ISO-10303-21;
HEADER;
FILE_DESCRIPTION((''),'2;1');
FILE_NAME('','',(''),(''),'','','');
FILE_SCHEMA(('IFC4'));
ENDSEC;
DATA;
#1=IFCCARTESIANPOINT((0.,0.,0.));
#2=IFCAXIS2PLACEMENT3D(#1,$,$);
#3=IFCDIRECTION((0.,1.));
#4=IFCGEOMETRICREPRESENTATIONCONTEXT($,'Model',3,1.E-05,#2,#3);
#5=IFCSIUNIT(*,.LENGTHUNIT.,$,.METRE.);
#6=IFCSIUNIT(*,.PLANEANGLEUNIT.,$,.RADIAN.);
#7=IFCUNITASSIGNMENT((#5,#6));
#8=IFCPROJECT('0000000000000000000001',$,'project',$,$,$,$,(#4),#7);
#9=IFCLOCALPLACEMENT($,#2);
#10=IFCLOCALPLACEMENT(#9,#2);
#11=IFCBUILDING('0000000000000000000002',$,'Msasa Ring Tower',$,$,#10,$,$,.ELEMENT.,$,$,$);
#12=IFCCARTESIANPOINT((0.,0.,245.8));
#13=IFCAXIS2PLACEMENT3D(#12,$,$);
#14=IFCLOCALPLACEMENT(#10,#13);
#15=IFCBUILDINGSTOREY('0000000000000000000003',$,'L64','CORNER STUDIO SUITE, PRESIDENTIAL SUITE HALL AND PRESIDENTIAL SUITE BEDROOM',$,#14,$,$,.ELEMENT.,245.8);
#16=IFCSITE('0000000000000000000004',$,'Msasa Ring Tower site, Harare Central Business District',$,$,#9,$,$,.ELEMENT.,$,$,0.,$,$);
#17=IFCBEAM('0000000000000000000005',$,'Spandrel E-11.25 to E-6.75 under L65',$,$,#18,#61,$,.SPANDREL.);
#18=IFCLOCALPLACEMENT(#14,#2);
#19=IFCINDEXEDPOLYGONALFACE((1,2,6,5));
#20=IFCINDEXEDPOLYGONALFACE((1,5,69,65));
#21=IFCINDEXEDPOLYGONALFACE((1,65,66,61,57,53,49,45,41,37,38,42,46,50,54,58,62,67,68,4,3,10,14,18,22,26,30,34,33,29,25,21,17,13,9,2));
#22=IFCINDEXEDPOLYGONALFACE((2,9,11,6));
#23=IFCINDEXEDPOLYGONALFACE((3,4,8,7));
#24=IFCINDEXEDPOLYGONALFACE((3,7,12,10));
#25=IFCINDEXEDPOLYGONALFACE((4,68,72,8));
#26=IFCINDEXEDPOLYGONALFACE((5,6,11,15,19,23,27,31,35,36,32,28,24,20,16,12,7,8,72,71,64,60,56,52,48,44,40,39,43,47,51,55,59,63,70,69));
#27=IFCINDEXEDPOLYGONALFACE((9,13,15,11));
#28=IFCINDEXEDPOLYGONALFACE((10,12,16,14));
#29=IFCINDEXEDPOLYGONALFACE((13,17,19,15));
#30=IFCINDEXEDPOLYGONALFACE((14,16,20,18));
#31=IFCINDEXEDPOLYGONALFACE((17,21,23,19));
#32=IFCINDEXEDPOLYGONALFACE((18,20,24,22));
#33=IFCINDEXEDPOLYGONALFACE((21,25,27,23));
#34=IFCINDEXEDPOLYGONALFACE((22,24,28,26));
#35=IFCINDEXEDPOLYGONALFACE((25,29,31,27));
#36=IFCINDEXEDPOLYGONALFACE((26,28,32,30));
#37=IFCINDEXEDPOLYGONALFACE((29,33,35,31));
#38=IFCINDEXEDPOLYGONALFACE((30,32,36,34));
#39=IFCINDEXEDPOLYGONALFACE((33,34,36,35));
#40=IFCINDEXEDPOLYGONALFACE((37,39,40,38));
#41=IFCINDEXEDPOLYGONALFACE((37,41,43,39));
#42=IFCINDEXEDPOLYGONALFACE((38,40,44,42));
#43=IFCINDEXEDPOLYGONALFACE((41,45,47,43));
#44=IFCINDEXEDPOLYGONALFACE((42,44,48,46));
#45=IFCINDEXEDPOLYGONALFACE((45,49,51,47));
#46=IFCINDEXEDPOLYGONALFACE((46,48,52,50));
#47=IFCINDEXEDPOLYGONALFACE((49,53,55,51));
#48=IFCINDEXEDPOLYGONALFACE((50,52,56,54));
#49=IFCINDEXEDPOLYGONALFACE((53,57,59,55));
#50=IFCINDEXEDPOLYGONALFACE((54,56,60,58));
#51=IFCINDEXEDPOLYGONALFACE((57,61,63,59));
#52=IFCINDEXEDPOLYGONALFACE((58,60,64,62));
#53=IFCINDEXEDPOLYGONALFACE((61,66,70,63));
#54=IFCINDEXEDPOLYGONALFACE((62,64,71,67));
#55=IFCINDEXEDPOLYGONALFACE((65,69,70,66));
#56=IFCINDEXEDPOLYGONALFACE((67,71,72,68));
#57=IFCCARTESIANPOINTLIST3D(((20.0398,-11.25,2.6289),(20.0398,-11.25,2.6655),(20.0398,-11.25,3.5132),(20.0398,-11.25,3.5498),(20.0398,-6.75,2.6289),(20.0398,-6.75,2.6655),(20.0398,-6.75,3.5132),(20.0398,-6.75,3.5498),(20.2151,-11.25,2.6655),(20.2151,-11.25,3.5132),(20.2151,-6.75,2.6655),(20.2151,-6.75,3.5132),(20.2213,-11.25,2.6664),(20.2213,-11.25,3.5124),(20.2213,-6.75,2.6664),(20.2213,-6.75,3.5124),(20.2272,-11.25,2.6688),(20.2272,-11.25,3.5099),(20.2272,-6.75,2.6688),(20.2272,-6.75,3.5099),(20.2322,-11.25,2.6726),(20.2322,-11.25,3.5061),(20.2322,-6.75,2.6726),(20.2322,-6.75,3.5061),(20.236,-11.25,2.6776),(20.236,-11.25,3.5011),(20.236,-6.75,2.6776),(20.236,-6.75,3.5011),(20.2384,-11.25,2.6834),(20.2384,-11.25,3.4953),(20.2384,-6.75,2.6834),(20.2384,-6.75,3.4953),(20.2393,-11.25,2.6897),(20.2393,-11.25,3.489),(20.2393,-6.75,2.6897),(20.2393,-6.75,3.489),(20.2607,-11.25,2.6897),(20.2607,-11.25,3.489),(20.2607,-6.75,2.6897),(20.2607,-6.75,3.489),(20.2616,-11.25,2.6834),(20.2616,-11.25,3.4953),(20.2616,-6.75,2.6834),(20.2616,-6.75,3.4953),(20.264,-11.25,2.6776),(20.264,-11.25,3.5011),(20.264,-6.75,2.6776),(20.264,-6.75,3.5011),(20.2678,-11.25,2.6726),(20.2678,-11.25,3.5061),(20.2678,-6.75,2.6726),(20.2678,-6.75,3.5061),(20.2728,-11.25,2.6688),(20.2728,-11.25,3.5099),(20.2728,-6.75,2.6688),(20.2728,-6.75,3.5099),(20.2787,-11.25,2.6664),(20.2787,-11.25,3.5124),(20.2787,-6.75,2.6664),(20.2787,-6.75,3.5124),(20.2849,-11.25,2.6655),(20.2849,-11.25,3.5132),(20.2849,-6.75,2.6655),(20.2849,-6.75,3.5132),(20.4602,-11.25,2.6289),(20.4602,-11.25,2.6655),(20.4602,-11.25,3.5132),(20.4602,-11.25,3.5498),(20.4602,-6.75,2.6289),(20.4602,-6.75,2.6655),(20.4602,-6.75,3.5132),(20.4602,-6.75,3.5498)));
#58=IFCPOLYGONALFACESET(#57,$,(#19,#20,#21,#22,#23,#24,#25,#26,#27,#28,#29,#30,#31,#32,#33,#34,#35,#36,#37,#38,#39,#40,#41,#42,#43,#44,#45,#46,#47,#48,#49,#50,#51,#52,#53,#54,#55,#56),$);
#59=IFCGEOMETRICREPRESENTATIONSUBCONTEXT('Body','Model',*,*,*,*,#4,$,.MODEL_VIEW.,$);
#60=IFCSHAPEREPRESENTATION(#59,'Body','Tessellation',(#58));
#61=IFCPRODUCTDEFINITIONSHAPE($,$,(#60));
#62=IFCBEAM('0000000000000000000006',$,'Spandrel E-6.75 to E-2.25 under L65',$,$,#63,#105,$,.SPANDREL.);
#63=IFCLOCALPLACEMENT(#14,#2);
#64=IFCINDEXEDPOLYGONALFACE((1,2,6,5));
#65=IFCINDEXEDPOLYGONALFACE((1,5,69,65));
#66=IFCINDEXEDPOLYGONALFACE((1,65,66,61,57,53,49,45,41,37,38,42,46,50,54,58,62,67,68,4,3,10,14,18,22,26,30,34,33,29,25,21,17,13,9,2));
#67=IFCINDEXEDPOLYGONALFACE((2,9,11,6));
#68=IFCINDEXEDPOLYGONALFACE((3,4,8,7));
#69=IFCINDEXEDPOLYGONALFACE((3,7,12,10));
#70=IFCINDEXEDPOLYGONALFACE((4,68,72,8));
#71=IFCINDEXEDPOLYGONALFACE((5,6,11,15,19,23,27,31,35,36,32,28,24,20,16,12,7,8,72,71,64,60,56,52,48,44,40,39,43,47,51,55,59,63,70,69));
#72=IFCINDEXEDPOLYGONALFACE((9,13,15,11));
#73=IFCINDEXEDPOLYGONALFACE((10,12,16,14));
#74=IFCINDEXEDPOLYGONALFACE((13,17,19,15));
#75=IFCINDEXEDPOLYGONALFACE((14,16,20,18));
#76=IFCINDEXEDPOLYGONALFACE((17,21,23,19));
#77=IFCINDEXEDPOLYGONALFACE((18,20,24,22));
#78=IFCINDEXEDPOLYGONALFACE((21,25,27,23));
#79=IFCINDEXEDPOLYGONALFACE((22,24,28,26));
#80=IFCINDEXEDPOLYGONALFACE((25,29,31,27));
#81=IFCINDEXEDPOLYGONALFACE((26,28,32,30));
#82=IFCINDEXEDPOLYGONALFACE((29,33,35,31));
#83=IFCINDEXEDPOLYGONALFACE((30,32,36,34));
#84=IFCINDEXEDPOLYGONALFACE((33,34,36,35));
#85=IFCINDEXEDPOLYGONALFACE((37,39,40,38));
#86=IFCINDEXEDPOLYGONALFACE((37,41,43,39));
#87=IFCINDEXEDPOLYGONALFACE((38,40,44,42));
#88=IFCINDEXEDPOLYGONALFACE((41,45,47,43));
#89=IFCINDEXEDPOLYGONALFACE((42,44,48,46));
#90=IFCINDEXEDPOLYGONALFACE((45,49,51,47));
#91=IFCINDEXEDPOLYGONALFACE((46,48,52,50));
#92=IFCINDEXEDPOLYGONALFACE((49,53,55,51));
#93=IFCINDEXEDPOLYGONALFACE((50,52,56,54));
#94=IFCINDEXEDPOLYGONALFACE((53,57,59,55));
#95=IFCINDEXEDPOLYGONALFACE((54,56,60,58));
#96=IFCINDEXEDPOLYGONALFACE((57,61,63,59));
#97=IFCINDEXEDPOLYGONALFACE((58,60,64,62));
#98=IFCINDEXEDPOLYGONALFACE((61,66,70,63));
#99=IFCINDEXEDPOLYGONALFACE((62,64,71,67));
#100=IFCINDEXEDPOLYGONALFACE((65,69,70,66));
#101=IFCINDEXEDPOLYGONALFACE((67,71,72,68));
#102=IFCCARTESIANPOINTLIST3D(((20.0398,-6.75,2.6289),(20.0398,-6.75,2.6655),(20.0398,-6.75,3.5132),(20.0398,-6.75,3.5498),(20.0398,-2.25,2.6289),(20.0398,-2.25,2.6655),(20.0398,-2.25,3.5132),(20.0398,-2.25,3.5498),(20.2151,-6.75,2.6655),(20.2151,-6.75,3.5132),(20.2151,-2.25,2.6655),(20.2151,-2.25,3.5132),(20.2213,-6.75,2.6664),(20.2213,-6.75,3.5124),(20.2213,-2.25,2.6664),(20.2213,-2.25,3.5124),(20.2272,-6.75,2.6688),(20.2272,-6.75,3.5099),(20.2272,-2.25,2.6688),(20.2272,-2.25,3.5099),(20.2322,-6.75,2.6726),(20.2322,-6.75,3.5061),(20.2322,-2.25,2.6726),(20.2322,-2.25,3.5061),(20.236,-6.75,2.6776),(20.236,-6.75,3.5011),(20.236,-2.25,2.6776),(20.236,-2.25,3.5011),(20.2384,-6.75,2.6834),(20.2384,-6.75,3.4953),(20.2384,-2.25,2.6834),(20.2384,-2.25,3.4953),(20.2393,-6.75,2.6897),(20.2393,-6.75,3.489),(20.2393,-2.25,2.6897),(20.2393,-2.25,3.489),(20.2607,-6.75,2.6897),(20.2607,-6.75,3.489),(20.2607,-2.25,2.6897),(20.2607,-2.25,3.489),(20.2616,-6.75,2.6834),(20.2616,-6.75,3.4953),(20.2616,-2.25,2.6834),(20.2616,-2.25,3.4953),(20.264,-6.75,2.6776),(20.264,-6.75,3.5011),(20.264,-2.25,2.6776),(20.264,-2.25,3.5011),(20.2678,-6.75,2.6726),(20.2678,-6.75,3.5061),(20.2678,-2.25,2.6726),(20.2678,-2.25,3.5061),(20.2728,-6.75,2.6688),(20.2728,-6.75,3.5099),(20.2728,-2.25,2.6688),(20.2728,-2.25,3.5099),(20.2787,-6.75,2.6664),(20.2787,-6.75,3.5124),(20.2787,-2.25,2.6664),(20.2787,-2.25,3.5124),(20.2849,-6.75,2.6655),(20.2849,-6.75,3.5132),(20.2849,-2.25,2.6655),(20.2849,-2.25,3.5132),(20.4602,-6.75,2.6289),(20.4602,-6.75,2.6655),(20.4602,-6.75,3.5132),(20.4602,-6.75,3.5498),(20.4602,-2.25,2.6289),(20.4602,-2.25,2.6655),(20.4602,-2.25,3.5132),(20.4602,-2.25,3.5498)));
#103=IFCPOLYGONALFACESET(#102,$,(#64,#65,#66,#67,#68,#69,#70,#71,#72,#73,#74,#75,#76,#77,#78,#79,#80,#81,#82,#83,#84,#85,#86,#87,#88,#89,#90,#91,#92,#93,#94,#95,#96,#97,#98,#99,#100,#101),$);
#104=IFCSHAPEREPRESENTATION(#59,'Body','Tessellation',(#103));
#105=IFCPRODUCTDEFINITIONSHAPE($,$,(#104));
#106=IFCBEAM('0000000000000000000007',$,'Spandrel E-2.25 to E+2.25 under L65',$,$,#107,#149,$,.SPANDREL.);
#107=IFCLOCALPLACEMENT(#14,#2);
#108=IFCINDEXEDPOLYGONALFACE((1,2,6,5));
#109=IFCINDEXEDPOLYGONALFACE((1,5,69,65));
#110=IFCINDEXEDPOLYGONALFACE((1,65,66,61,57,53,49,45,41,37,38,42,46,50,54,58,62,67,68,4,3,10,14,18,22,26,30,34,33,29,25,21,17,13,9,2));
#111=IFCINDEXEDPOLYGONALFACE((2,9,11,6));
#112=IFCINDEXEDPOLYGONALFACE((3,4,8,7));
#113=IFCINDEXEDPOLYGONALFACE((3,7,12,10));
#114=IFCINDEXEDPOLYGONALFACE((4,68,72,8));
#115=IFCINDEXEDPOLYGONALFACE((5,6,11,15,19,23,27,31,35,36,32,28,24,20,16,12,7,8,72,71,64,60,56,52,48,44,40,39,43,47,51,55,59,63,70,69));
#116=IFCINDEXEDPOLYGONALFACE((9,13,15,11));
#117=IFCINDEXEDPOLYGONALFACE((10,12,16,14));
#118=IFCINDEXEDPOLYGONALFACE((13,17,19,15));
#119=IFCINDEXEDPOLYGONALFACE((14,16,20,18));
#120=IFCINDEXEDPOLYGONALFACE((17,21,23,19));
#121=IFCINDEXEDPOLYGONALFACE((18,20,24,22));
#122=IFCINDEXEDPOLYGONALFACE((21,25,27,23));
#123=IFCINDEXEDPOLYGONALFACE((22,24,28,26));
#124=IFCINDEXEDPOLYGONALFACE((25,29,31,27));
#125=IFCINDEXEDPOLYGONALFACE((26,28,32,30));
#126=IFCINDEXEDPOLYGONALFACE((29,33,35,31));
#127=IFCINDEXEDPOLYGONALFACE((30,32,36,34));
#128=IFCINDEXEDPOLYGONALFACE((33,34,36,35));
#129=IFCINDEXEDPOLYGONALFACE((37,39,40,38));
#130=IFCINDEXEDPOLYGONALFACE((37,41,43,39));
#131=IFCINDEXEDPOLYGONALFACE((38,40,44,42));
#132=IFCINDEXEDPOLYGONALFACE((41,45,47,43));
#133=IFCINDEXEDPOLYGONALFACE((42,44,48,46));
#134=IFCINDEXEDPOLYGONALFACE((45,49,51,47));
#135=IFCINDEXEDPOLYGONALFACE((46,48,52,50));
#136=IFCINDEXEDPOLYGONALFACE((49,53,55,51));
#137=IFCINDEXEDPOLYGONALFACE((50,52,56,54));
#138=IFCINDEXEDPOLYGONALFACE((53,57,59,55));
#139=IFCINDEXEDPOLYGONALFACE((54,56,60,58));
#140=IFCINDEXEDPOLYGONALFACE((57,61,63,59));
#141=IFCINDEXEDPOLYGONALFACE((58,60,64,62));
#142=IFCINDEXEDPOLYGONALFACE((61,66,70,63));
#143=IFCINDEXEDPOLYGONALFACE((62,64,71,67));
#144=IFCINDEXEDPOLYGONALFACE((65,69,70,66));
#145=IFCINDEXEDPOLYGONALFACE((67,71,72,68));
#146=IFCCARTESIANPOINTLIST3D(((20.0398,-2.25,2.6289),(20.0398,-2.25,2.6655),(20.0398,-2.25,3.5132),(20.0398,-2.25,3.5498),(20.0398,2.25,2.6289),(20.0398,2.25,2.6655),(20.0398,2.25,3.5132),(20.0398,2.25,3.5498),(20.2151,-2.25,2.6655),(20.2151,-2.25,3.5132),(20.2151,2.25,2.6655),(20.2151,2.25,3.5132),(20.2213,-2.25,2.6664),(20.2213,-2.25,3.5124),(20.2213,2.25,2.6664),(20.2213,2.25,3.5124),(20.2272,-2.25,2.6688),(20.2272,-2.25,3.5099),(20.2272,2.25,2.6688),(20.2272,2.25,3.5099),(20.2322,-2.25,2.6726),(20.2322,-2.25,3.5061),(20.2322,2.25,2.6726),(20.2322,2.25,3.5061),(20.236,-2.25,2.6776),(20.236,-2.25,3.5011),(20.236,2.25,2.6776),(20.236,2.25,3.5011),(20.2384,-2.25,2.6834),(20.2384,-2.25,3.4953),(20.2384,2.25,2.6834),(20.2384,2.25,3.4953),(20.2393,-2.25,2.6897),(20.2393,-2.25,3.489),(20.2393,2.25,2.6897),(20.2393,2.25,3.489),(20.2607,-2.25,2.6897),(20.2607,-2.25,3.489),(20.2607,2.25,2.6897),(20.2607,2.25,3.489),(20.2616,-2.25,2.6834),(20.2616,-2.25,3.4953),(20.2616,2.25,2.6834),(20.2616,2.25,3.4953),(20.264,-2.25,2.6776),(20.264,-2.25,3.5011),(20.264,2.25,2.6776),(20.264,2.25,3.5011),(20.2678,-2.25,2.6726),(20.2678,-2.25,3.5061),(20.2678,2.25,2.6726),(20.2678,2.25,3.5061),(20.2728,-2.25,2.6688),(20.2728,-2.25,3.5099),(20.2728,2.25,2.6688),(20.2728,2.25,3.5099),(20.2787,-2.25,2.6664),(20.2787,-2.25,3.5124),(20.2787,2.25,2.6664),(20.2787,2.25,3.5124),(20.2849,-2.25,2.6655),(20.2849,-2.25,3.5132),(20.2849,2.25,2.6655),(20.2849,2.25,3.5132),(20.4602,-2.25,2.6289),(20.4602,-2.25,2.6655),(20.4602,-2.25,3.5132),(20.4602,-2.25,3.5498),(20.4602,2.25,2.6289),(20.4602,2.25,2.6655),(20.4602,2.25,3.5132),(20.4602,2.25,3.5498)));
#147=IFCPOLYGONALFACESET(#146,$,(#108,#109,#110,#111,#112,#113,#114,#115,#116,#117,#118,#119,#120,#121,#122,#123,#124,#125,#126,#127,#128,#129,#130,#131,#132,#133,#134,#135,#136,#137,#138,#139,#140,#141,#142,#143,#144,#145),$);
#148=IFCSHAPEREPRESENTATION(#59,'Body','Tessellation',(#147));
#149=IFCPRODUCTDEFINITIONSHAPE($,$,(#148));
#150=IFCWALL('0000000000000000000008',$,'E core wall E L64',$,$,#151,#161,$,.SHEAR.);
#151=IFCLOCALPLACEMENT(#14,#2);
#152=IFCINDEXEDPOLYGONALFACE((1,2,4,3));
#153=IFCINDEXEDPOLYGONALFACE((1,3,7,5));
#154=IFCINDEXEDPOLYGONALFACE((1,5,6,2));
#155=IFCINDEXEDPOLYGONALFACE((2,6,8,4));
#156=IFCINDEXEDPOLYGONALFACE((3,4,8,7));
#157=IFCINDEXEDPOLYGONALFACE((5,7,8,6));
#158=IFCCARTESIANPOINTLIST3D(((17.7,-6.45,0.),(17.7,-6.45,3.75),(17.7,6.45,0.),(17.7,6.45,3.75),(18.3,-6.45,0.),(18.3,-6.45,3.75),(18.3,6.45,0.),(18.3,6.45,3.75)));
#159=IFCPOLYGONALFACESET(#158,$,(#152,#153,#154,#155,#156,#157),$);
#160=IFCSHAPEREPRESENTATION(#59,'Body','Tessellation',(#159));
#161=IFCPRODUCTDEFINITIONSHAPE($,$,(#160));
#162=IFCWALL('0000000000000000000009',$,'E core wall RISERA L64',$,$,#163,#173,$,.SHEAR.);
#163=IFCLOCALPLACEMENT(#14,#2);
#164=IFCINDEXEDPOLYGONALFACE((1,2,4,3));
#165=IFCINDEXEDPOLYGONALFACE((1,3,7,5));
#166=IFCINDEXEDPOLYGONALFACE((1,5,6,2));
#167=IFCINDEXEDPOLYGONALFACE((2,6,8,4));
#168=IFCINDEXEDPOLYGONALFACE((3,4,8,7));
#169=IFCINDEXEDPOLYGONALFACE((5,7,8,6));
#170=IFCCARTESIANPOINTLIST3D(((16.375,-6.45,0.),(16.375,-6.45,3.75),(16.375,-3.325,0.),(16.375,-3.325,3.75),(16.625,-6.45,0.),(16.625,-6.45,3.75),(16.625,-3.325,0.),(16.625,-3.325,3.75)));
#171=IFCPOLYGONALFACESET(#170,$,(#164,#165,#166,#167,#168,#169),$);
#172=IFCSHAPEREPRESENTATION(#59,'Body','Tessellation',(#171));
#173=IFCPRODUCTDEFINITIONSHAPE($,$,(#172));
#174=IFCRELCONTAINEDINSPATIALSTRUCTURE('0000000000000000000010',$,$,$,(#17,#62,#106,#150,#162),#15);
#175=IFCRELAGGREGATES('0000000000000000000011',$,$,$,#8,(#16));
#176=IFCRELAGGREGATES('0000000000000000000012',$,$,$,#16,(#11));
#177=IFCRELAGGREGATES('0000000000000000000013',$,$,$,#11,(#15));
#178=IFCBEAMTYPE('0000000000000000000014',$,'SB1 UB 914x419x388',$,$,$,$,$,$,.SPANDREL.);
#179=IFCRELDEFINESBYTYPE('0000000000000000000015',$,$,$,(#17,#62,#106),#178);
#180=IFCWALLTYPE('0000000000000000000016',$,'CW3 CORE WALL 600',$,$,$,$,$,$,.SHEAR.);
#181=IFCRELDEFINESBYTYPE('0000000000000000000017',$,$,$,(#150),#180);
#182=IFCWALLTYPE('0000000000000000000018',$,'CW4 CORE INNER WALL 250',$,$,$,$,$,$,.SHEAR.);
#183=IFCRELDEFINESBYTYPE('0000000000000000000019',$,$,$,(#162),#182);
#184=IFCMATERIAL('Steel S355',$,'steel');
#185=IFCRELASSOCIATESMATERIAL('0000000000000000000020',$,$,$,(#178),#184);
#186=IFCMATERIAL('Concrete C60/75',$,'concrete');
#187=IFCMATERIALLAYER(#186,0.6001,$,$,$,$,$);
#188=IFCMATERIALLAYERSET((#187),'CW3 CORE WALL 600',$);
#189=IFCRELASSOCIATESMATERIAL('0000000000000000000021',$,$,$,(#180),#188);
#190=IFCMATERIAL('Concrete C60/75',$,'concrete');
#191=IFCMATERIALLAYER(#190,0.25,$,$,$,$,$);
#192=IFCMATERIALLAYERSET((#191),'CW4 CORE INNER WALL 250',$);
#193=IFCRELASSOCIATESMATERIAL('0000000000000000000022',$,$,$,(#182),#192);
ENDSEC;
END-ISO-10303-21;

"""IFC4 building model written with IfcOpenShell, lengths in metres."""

from ifc_helpers import new_model, si_unit, direction, frame, frame_2d, origin, origin_2d, place, context, subcontext, project, spatial, rectangle, i_section, extrude, material, layer, layer_set, material_profile, profile_set, type_object, element, save


model = new_model("IFC4")

# Units and contexts
model_context = context("Model", 3, precision=1e-05, world=origin(), true_north=direction((0.0, 1.0)))
body_context = subcontext(model_context, "Body", "Model", "MODEL_VIEW")
ifc_project = project(units=[si_unit("LENGTHUNIT", "METRE"), si_unit("PLANEANGLEUNIT", "RADIAN")], contexts=[model_context])

# Site, building, storey
site_placement = place(None, origin())
site = spatial("IfcSite", under=ifc_project, at=site_placement, Name="Msasa Ring Tower site, Harare Central Business District", CompositionType="ELEMENT", RefElevation=0.0)
building_placement = place(site_placement, origin())
building = spatial("IfcBuilding", under=site, at=building_placement, Name="Msasa Ring Tower", CompositionType="ELEMENT")
storey_placement = place(building_placement, frame((0.0, 0.0, 245.8)))
storey = spatial("IfcBuildingStorey", under=building, at=storey_placement, Name="L64", Description="CORNER STUDIO SUITE, PRESIDENTIAL SUITE HALL AND PRESIDENTIAL SUITE BEDROOM", CompositionType="ELEMENT", Elevation=245.8)

# Beams
ifc_material_1 = material(Name="Steel S355", Category="steel")
ifc_material_profile_1 = material_profile(ifc_material_1, i_section(OverallWidth=0.4204, OverallDepth=0.9209, WebThickness=0.0215, FlangeThickness=0.0366, FilletRadius=0.0242, at=origin_2d()), Name="UB 914x419x388")
ifc_profile_set_1 = profile_set([ifc_material_profile_1], Name="Steel S355")
beam_type_1 = type_object("IfcBeamType", Name="SB1 UB 914x419x388", PredefinedType="SPANDREL", material=ifc_profile_set_1)
for number, where, z_axis, x_axis, name in (
    (1, (20.25, -11.25, 3.0894), (0.0, 1.0, 0.0), (-1.0, 0.0, 0.0), "Spandrel E-11.25 to E-6.75 under L65"),
    (2, (20.25, -6.75, 3.0894), (0.0, 1.0, 0.0), (-1.0, 0.0, 0.0), "Spandrel E-6.75 to E-2.25 under L65"),
    (3, (20.25, -2.25, 3.0894), (0.0, 1.0, 0.0), (-1.0, 0.0, 0.0), "Spandrel E-2.25 to E+2.25 under L65"),
):
    element("IfcBeam", number, at=place(storey_placement, frame(where, z_axis=z_axis, x_axis=x_axis)), inside=storey, type_object=beam_type_1, Name=name, PredefinedType="SPANDREL", context=body_context, shape_type="SweptSolid", body=[
        extrude(i_section(OverallWidth=0.4204, OverallDepth=0.9209, WebThickness=0.0215, FlangeThickness=0.0366, FilletRadius=0.0242, at=origin_2d()), origin(), (0.0, 0.0, 1.0), 4.5),
    ])

# Walls
ifc_material_2 = material(Name="Concrete C60/75", Category="concrete")
ifc_layer_1 = layer(ifc_material_2, 0.6001)
ifc_layer_set_1 = layer_set([ifc_layer_1], Name="CW3 CORE WALL 600")
wall_type_1 = type_object("IfcWallType", Name="CW3 CORE WALL 600", PredefinedType="SHEAR", material=ifc_layer_set_1)
wall_1_placement = place(storey_placement, frame((18.0, -6.45, 0.0), z_axis=(0.0, 0.0, 1.0), x_axis=(0.0, 1.0, 0.0)))
element("IfcWall", 4, at=wall_1_placement, inside=storey, type_object=wall_type_1, Name="E core wall E L64", PredefinedType="SHEAR", context=body_context, shape_type="SweptSolid", body=[
    extrude(rectangle(XDim=12.8999, YDim=0.6001, at=frame_2d((6.45, 0.0))), origin(), (0.0, 0.0, 1.0), 3.75),
])
ifc_material_3 = material(Name="Concrete C60/75", Category="concrete")
ifc_layer_2 = layer(ifc_material_3, 0.25)
ifc_layer_set_2 = layer_set([ifc_layer_2], Name="CW4 CORE INNER WALL 250")
wall_type_2 = type_object("IfcWallType", Name="CW4 CORE INNER WALL 250", PredefinedType="SHEAR", material=ifc_layer_set_2)
wall_2_placement = place(storey_placement, frame((16.5, -6.45, 0.0), z_axis=(0.0, 0.0, 1.0), x_axis=(0.0, 1.0, 0.0)))
element("IfcWall", 5, at=wall_2_placement, inside=storey, type_object=wall_type_2, Name="E core wall RISERA L64", PredefinedType="SHEAR", context=body_context, shape_type="SweptSolid", body=[
    extrude(rectangle(XDim=3.125, YDim=0.25, at=frame_2d((1.5625, 0.0))), origin(), (0.0, 0.0, 1.0), 3.75),
])

save(model, "model.ifc")
